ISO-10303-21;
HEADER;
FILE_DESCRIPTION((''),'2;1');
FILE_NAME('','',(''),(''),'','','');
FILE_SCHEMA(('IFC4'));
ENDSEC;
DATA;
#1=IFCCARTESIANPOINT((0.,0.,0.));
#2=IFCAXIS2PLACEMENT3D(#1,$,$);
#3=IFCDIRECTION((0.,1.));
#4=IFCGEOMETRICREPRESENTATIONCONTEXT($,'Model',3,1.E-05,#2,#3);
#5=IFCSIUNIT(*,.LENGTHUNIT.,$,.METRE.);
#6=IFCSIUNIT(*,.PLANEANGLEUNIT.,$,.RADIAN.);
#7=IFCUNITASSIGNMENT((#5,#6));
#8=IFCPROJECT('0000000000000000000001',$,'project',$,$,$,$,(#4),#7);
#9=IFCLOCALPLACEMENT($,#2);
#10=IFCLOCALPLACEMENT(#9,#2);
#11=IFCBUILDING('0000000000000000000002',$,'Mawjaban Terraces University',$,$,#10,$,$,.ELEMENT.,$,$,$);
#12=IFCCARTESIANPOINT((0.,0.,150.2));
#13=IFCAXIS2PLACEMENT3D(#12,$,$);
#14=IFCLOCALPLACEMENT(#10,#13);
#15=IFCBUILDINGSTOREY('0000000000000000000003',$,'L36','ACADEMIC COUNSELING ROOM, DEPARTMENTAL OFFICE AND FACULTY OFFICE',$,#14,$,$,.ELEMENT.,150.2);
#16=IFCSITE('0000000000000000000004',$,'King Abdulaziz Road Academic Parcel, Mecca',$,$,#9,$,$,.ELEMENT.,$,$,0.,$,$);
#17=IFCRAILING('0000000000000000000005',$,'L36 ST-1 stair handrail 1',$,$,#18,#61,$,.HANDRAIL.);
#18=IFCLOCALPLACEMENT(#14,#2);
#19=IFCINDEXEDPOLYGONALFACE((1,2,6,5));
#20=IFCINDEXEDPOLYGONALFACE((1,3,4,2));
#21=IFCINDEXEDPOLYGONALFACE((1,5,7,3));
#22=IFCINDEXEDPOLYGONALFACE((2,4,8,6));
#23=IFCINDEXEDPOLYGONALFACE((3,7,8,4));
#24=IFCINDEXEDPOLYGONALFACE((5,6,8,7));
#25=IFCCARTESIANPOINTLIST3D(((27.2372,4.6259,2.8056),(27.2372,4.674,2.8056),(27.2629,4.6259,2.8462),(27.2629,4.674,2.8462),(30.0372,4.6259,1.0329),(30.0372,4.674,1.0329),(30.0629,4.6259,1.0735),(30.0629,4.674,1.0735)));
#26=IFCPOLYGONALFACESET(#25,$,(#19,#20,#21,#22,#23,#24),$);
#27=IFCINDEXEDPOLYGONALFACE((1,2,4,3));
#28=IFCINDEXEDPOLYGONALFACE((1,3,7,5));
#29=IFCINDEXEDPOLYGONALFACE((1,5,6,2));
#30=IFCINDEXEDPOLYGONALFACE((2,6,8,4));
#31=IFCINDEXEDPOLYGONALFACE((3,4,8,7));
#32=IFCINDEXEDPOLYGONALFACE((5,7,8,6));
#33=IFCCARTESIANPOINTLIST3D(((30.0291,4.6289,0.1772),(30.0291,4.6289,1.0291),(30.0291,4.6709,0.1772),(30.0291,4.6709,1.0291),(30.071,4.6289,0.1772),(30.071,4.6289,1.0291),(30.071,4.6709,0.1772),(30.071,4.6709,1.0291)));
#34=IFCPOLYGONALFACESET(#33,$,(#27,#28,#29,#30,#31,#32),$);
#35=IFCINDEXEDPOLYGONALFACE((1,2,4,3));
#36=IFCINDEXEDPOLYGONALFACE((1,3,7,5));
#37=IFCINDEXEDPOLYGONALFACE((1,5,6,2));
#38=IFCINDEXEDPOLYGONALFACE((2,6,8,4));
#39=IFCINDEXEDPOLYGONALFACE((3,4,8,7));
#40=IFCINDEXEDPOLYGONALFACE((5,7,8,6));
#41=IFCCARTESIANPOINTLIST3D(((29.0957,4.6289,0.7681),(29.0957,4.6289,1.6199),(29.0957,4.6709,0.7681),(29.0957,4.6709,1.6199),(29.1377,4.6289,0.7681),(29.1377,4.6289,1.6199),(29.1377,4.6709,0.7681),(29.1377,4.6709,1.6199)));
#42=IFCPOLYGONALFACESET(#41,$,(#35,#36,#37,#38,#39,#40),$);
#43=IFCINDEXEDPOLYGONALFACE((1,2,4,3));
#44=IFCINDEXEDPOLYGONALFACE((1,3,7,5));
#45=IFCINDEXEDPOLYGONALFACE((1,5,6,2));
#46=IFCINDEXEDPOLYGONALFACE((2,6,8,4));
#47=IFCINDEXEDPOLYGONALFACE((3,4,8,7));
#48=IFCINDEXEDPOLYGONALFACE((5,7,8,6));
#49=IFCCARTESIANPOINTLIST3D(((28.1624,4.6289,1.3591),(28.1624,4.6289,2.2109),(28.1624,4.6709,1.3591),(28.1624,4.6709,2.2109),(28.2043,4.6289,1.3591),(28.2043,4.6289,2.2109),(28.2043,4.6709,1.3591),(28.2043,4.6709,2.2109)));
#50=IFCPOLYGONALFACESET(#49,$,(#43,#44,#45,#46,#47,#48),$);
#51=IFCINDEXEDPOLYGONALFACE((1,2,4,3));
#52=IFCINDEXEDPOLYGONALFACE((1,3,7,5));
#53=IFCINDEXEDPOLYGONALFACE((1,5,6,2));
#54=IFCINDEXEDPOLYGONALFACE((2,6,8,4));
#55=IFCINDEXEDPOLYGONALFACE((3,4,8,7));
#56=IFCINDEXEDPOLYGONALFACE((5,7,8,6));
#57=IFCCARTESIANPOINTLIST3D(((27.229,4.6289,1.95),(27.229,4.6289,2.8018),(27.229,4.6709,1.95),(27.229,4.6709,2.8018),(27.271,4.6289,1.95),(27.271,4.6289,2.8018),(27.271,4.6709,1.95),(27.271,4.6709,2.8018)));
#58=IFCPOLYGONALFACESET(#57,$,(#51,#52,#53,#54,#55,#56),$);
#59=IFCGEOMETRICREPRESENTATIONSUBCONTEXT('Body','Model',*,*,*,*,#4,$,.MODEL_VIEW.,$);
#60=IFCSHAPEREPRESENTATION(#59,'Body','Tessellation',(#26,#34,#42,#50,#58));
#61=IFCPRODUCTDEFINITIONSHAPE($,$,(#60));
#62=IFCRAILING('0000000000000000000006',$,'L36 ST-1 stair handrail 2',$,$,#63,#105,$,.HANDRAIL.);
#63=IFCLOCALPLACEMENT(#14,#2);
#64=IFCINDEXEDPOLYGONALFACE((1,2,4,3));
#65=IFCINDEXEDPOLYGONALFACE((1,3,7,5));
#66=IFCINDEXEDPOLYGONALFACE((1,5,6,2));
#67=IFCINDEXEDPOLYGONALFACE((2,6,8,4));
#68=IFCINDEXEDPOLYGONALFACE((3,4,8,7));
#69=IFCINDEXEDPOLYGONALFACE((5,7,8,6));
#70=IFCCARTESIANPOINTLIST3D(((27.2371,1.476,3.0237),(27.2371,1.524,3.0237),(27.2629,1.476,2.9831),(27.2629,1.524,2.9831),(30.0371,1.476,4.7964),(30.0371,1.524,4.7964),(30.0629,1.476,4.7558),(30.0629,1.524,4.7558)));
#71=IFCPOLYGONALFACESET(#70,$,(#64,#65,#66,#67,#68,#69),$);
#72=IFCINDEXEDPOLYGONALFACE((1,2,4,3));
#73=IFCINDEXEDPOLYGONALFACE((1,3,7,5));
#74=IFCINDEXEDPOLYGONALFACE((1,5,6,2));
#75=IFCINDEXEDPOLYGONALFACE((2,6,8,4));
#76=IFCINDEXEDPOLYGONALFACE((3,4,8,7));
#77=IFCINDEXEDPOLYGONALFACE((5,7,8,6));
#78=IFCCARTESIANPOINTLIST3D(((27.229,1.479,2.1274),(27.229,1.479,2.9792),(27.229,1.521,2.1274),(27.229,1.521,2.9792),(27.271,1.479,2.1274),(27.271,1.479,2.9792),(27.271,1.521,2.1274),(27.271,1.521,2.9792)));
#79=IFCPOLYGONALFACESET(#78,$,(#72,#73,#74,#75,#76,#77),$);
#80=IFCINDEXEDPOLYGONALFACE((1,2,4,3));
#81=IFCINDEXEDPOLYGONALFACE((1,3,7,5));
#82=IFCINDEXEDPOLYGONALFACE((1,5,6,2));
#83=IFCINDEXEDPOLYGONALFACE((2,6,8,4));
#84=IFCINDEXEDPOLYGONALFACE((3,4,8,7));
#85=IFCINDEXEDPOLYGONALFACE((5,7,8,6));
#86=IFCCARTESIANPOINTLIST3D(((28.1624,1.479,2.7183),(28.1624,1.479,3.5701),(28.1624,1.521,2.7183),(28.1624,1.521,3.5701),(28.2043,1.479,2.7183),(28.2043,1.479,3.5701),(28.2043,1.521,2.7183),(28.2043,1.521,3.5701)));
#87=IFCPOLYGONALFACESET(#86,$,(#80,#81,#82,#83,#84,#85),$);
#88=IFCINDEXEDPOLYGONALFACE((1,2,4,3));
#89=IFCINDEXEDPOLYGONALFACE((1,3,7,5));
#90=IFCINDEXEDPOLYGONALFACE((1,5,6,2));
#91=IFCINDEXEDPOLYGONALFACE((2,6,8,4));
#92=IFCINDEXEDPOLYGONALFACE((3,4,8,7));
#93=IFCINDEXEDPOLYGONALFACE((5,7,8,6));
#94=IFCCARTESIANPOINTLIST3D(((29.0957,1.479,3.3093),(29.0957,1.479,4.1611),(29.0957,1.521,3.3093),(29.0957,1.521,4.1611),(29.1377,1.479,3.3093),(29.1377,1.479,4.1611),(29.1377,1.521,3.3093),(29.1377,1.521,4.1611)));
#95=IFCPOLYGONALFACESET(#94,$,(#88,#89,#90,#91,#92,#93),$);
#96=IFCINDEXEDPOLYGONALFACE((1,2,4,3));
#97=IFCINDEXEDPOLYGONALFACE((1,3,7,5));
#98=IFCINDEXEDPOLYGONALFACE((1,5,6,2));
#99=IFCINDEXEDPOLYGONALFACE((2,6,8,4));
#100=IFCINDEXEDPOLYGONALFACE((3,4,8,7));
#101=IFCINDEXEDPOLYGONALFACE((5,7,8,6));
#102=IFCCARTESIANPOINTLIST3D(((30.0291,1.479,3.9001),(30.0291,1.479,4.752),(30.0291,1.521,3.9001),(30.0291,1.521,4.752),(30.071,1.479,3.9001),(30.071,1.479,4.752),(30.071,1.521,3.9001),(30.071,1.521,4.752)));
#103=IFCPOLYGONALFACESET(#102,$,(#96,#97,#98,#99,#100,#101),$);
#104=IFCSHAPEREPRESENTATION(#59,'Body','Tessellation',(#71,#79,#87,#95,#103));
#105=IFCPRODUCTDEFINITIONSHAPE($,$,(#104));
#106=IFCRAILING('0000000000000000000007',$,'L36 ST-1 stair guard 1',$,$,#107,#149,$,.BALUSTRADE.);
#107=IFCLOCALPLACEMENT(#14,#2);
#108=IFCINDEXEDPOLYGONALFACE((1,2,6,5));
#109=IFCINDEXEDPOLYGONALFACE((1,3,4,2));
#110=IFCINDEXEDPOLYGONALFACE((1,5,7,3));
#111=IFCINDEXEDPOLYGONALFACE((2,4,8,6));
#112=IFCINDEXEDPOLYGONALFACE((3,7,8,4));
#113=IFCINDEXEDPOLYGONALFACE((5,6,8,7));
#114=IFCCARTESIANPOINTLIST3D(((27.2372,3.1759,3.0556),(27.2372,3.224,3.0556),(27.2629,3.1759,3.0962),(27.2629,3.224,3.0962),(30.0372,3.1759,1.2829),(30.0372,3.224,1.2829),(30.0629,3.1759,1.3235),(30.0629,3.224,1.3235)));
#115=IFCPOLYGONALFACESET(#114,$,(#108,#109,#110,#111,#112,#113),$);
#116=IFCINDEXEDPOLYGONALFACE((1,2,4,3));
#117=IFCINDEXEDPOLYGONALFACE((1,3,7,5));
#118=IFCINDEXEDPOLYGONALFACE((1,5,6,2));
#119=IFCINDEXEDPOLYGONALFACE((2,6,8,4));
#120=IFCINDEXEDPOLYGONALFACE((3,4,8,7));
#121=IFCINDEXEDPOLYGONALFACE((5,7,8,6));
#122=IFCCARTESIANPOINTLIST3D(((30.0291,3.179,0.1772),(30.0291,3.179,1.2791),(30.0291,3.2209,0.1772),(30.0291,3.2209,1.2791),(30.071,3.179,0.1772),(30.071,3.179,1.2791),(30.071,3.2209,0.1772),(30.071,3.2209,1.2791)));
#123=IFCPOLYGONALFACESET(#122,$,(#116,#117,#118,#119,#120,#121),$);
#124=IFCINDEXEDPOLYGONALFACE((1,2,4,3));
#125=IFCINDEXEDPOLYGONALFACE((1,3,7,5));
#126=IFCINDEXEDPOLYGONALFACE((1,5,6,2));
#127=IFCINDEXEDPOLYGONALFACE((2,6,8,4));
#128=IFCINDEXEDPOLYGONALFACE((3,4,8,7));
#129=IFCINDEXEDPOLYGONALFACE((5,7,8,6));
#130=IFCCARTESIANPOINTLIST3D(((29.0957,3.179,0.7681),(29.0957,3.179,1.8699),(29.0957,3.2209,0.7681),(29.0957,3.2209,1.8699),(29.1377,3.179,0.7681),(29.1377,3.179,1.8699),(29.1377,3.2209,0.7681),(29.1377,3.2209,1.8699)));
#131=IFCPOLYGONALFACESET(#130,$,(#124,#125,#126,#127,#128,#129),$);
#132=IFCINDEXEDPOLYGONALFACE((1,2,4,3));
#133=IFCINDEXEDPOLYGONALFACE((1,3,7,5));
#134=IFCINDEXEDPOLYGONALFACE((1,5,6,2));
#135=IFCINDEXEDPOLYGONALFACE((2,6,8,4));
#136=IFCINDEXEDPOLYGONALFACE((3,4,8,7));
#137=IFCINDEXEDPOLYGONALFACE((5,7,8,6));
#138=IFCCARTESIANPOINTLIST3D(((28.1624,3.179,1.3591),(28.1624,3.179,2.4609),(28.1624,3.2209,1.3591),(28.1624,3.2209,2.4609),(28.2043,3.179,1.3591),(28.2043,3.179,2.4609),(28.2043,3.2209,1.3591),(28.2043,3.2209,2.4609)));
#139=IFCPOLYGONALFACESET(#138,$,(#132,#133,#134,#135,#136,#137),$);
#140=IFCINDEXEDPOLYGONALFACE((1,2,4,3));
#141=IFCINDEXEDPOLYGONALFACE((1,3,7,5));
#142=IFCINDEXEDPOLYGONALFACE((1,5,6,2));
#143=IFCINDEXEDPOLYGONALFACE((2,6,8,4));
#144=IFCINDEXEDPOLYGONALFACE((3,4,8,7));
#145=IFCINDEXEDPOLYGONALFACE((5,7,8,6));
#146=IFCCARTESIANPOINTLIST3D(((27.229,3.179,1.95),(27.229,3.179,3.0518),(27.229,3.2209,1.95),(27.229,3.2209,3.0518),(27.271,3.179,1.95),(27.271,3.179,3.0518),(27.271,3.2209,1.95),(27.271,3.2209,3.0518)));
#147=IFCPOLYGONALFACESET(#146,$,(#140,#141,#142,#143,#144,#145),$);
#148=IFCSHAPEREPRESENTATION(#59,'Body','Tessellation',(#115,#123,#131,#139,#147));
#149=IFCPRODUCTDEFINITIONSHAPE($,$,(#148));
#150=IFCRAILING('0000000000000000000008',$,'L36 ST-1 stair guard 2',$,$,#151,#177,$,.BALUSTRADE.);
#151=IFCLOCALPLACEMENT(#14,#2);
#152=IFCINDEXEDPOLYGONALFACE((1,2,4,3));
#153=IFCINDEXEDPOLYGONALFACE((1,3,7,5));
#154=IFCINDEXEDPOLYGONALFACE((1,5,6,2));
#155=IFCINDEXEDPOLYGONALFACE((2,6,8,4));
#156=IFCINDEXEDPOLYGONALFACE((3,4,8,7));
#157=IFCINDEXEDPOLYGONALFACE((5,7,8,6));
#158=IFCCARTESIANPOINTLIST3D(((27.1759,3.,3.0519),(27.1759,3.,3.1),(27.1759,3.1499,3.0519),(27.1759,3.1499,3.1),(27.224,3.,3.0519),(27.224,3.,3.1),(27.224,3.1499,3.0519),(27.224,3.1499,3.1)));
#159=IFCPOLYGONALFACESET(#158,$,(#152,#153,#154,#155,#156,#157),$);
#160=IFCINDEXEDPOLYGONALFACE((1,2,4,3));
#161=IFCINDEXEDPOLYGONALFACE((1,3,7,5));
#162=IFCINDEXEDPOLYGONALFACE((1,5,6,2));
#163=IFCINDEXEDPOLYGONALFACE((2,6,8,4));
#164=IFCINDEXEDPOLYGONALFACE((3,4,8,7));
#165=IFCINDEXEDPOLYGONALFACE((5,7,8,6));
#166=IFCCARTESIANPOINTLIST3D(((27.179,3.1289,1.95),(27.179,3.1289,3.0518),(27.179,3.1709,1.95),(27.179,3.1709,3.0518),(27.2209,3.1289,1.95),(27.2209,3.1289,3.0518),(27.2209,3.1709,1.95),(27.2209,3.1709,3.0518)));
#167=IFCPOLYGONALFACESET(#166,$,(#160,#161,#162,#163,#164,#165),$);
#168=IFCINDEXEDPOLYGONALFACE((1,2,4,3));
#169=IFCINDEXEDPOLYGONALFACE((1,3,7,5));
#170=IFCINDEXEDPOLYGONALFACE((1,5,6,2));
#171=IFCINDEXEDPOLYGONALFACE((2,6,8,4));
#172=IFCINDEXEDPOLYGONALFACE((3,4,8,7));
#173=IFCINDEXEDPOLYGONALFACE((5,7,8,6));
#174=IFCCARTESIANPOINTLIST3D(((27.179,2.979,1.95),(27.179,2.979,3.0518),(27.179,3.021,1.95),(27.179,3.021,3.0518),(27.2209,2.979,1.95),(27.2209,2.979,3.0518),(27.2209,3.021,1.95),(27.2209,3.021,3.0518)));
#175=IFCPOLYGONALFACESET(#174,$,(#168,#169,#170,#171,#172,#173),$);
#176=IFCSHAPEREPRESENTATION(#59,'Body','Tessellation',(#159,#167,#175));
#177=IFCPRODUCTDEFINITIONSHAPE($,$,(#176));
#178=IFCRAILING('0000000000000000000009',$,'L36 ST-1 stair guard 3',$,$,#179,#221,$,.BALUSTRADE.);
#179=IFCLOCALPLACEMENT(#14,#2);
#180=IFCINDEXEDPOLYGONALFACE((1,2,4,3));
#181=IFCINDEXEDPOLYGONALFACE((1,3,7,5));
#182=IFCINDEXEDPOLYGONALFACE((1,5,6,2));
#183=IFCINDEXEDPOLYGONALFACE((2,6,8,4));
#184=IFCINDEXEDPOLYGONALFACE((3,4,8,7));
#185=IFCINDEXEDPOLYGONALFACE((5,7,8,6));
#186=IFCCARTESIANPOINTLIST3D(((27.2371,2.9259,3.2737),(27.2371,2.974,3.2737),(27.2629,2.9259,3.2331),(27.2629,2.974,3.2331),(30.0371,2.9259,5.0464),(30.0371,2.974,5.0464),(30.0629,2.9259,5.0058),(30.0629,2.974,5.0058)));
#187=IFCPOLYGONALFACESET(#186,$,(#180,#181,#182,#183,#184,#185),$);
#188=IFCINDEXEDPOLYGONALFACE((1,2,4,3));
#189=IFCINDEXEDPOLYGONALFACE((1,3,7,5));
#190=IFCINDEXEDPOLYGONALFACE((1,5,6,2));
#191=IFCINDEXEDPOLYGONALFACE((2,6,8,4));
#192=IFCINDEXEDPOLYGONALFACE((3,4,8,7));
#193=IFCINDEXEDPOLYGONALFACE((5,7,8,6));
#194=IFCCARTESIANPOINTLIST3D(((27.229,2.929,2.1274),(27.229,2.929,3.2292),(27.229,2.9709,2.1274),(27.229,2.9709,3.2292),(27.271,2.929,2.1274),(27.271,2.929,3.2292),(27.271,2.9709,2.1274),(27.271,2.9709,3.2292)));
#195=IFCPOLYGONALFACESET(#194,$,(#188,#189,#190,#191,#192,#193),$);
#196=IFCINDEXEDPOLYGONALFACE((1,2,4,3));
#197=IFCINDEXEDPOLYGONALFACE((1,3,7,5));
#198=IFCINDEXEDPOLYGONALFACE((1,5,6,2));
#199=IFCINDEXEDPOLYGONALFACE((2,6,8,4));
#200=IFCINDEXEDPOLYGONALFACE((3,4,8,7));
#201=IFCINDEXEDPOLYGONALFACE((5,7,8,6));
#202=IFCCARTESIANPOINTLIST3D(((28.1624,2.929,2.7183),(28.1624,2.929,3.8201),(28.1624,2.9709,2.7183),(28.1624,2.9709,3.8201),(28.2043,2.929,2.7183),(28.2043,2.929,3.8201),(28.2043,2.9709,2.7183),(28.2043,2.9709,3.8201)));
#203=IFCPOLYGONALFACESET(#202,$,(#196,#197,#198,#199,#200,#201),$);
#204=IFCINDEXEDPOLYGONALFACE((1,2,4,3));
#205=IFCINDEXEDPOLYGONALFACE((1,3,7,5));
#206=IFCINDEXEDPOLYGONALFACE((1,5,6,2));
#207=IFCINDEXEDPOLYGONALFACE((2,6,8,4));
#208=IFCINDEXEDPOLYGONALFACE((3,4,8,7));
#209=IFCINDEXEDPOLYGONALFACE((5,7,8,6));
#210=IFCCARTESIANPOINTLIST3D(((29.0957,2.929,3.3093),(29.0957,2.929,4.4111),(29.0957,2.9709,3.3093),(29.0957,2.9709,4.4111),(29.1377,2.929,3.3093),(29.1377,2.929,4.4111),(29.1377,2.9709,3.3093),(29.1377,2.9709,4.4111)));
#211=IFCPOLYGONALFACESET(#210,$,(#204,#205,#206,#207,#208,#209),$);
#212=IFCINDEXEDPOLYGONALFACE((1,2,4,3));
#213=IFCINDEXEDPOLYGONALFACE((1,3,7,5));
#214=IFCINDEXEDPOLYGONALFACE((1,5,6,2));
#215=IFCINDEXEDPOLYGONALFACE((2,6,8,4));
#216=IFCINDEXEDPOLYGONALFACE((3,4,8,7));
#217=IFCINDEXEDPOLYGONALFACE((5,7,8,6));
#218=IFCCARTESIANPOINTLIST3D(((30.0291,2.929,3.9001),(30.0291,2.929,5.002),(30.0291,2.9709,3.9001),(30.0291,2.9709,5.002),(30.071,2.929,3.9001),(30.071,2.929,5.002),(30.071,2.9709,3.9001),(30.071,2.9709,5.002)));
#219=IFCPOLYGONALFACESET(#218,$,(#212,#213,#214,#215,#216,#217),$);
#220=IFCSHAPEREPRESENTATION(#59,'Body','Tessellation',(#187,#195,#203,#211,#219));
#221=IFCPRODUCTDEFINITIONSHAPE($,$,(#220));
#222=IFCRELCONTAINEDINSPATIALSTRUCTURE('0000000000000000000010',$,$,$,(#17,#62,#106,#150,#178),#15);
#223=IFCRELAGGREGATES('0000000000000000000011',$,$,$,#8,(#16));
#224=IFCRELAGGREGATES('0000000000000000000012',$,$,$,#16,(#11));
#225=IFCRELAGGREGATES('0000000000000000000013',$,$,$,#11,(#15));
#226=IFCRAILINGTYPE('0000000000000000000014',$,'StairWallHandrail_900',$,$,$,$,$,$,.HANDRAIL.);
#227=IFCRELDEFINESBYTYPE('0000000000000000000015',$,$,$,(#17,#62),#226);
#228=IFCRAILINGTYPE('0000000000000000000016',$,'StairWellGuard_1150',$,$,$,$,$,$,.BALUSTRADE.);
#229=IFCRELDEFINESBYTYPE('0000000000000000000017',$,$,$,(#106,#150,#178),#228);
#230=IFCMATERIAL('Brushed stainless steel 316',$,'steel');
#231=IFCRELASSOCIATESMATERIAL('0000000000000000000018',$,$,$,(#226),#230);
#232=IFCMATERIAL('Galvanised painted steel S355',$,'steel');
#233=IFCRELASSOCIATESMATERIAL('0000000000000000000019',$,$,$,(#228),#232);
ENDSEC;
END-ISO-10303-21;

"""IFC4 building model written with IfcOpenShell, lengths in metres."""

from ifc_helpers import new_model, si_unit, direction, frame, origin, origin_2d, place, context, subcontext, project, spatial, rectangle, extrude, material, type_object, element, save


model = new_model("IFC4")

# Units and contexts
model_context = context("Model", 3, precision=1e-05, world=origin(), true_north=direction((0.0, 1.0)))
body_context = subcontext(model_context, "Body", "Model", "MODEL_VIEW")
ifc_project = project(units=[si_unit("LENGTHUNIT", "METRE"), si_unit("PLANEANGLEUNIT", "RADIAN")], contexts=[model_context])

# Site, building, storey
site_placement = place(None, origin())
site = spatial("IfcSite", under=ifc_project, at=site_placement, Name="King Abdulaziz Road Academic Parcel, Mecca", CompositionType="ELEMENT", RefElevation=0.0)
building_placement = place(site_placement, origin())
building = spatial("IfcBuilding", under=site, at=building_placement, Name="Mawjaban Terraces University", CompositionType="ELEMENT")
storey_placement = place(building_placement, frame((0.0, 0.0, 150.2)))
storey = spatial("IfcBuildingStorey", under=building, at=storey_placement, Name="L36", Description="ACADEMIC COUNSELING ROOM, DEPARTMENTAL OFFICE AND FACULTY OFFICE", CompositionType="ELEMENT", Elevation=150.2)

# Railings
ifc_material_1 = material(Name="Brushed stainless steel 316", Category="steel")
railing_type_1 = type_object("IfcRailingType", Name="StairWallHandrail_900", PredefinedType="HANDRAIL", material=ifc_material_1)
railing_1_placement = place(storey_placement, frame((30.05, 4.6499, 0.1772)))
element("IfcRailing", 1, at=railing_1_placement, inside=storey, type_object=railing_type_1, Name="L36 ST-1 stair handrail 1", PredefinedType="HANDRAIL", context=body_context, shape_type="SweptSolid", body=[
    extrude(rectangle(XDim=0.0481, YDim=0.0481, at=origin_2d()), frame((0.0, 0.0, 0.876), z_axis=(-0.844909, 0.0, 0.53491), x_axis=(0.0, -1.0, 0.0)), (0.0, 0.0, 1.0), 3.314),
    extrude(rectangle(XDim=0.042, YDim=0.042, at=origin_2d()), origin(), (0.0, 0.0, 1.0), 0.8518),
    extrude(rectangle(XDim=0.042, YDim=0.042, at=origin_2d()), frame((-0.9333, 0.0, 0.5908)), (0.0, 0.0, 1.0), 0.8518),
    extrude(rectangle(XDim=0.042, YDim=0.042, at=origin_2d()), frame((-1.8667, 0.0, 1.1819)), (0.0, 0.0, 1.0), 0.8518),
    extrude(rectangle(XDim=0.042, YDim=0.042, at=origin_2d()), frame((-2.8, 0.0, 1.7727)), (0.0, 0.0, 1.0), 0.8518),
])
railing_2_placement = place(storey_placement, frame((27.25, 1.5, 2.1274)))
element("IfcRailing", 2, at=railing_2_placement, inside=storey, type_object=railing_type_1, Name="L36 ST-1 stair handrail 2", PredefinedType="HANDRAIL", context=body_context, shape_type="SweptSolid", body=[
    extrude(rectangle(XDim=0.0481, YDim=0.0481, at=origin_2d()), frame((0.0, 0.0, 0.876), z_axis=(0.844909, 0.0, 0.53491), x_axis=(0.0, 1.0, 0.0)), (0.0, 0.0, 1.0), 3.314),
    extrude(rectangle(XDim=0.042, YDim=0.042, at=origin_2d()), origin(), (0.0, 0.0, 1.0), 0.8518),
    extrude(rectangle(XDim=0.042, YDim=0.042, at=origin_2d()), frame((0.9333, 0.0, 0.5908)), (0.0, 0.0, 1.0), 0.8518),
    extrude(rectangle(XDim=0.042, YDim=0.042, at=origin_2d()), frame((1.8667, 0.0, 1.1819)), (0.0, 0.0, 1.0), 0.8518),
    extrude(rectangle(XDim=0.042, YDim=0.042, at=origin_2d()), frame((2.8, 0.0, 1.7727)), (0.0, 0.0, 1.0), 0.8518),
])
ifc_material_2 = material(Name="Galvanised painted steel S355", Category="steel")
railing_type_2 = type_object("IfcRailingType", Name="StairWellGuard_1150", PredefinedType="BALUSTRADE", material=ifc_material_2)
railing_3_placement = place(storey_placement, frame((30.05, 3.2, 0.1772)))
element("IfcRailing", 3, at=railing_3_placement, inside=storey, type_object=railing_type_2, Name="L36 ST-1 stair guard 1", PredefinedType="BALUSTRADE", context=body_context, shape_type="SweptSolid", body=[
    extrude(rectangle(XDim=0.0481, YDim=0.0481, at=origin_2d()), frame((0.0, 0.0, 1.126), z_axis=(-0.844909, 0.0, 0.53491), x_axis=(0.0, -1.0, 0.0)), (0.0, 0.0, 1.0), 3.314),
    extrude(rectangle(XDim=0.042, YDim=0.042, at=origin_2d()), origin(), (0.0, 0.0, 1.0), 1.1018),
    extrude(rectangle(XDim=0.042, YDim=0.042, at=origin_2d()), frame((-0.9333, 0.0, 0.5908)), (0.0, 0.0, 1.0), 1.1018),
    extrude(rectangle(XDim=0.042, YDim=0.042, at=origin_2d()), frame((-1.8667, 0.0, 1.1819)), (0.0, 0.0, 1.0), 1.1018),
    extrude(rectangle(XDim=0.042, YDim=0.042, at=origin_2d()), frame((-2.8, 0.0, 1.7727)), (0.0, 0.0, 1.0), 1.1018),
])
railing_4_placement = place(storey_placement, frame((27.2, 3.1499, 1.95)))
element("IfcRailing", 4, at=railing_4_placement, inside=storey, type_object=railing_type_2, Name="L36 ST-1 stair guard 2", PredefinedType="BALUSTRADE", context=body_context, shape_type="SweptSolid", body=[
    extrude(rectangle(XDim=0.0481, YDim=0.0481, at=origin_2d()), frame((0.0, 0.0, 1.126), z_axis=(0.0, -1.0, 0.0), x_axis=(1.0, 0.0, 0.0)), (0.0, 0.0, 1.0), 0.1499),
    extrude(rectangle(XDim=0.042, YDim=0.042, at=origin_2d()), origin(), (0.0, 0.0, 1.0), 1.1018),
    extrude(rectangle(XDim=0.042, YDim=0.042, at=origin_2d()), frame((0.0, -0.1499, 0.0)), (0.0, 0.0, 1.0), 1.1018),
])
railing_5_placement = place(storey_placement, frame((27.25, 2.95, 2.1274)))
element("IfcRailing", 5, at=railing_5_placement, inside=storey, type_object=railing_type_2, Name="L36 ST-1 stair guard 3", PredefinedType="BALUSTRADE", context=body_context, shape_type="SweptSolid", body=[
    extrude(rectangle(XDim=0.0481, YDim=0.0481, at=origin_2d()), frame((0.0, 0.0, 1.126), z_axis=(0.844909, 0.0, 0.53491), x_axis=(0.0, 1.0, 0.0)), (0.0, 0.0, 1.0), 3.314),
    extrude(rectangle(XDim=0.042, YDim=0.042, at=origin_2d()), origin(), (0.0, 0.0, 1.0), 1.1018),
    extrude(rectangle(XDim=0.042, YDim=0.042, at=origin_2d()), frame((0.9333, 0.0, 0.5908)), (0.0, 0.0, 1.0), 1.1018),
    extrude(rectangle(XDim=0.042, YDim=0.042, at=origin_2d()), frame((1.8667, 0.0, 1.1819)), (0.0, 0.0, 1.0), 1.1018),
    extrude(rectangle(XDim=0.042, YDim=0.042, at=origin_2d()), frame((2.8, 0.0, 1.7727)), (0.0, 0.0, 1.0), 1.1018),
])

save(model, "model.ifc")
